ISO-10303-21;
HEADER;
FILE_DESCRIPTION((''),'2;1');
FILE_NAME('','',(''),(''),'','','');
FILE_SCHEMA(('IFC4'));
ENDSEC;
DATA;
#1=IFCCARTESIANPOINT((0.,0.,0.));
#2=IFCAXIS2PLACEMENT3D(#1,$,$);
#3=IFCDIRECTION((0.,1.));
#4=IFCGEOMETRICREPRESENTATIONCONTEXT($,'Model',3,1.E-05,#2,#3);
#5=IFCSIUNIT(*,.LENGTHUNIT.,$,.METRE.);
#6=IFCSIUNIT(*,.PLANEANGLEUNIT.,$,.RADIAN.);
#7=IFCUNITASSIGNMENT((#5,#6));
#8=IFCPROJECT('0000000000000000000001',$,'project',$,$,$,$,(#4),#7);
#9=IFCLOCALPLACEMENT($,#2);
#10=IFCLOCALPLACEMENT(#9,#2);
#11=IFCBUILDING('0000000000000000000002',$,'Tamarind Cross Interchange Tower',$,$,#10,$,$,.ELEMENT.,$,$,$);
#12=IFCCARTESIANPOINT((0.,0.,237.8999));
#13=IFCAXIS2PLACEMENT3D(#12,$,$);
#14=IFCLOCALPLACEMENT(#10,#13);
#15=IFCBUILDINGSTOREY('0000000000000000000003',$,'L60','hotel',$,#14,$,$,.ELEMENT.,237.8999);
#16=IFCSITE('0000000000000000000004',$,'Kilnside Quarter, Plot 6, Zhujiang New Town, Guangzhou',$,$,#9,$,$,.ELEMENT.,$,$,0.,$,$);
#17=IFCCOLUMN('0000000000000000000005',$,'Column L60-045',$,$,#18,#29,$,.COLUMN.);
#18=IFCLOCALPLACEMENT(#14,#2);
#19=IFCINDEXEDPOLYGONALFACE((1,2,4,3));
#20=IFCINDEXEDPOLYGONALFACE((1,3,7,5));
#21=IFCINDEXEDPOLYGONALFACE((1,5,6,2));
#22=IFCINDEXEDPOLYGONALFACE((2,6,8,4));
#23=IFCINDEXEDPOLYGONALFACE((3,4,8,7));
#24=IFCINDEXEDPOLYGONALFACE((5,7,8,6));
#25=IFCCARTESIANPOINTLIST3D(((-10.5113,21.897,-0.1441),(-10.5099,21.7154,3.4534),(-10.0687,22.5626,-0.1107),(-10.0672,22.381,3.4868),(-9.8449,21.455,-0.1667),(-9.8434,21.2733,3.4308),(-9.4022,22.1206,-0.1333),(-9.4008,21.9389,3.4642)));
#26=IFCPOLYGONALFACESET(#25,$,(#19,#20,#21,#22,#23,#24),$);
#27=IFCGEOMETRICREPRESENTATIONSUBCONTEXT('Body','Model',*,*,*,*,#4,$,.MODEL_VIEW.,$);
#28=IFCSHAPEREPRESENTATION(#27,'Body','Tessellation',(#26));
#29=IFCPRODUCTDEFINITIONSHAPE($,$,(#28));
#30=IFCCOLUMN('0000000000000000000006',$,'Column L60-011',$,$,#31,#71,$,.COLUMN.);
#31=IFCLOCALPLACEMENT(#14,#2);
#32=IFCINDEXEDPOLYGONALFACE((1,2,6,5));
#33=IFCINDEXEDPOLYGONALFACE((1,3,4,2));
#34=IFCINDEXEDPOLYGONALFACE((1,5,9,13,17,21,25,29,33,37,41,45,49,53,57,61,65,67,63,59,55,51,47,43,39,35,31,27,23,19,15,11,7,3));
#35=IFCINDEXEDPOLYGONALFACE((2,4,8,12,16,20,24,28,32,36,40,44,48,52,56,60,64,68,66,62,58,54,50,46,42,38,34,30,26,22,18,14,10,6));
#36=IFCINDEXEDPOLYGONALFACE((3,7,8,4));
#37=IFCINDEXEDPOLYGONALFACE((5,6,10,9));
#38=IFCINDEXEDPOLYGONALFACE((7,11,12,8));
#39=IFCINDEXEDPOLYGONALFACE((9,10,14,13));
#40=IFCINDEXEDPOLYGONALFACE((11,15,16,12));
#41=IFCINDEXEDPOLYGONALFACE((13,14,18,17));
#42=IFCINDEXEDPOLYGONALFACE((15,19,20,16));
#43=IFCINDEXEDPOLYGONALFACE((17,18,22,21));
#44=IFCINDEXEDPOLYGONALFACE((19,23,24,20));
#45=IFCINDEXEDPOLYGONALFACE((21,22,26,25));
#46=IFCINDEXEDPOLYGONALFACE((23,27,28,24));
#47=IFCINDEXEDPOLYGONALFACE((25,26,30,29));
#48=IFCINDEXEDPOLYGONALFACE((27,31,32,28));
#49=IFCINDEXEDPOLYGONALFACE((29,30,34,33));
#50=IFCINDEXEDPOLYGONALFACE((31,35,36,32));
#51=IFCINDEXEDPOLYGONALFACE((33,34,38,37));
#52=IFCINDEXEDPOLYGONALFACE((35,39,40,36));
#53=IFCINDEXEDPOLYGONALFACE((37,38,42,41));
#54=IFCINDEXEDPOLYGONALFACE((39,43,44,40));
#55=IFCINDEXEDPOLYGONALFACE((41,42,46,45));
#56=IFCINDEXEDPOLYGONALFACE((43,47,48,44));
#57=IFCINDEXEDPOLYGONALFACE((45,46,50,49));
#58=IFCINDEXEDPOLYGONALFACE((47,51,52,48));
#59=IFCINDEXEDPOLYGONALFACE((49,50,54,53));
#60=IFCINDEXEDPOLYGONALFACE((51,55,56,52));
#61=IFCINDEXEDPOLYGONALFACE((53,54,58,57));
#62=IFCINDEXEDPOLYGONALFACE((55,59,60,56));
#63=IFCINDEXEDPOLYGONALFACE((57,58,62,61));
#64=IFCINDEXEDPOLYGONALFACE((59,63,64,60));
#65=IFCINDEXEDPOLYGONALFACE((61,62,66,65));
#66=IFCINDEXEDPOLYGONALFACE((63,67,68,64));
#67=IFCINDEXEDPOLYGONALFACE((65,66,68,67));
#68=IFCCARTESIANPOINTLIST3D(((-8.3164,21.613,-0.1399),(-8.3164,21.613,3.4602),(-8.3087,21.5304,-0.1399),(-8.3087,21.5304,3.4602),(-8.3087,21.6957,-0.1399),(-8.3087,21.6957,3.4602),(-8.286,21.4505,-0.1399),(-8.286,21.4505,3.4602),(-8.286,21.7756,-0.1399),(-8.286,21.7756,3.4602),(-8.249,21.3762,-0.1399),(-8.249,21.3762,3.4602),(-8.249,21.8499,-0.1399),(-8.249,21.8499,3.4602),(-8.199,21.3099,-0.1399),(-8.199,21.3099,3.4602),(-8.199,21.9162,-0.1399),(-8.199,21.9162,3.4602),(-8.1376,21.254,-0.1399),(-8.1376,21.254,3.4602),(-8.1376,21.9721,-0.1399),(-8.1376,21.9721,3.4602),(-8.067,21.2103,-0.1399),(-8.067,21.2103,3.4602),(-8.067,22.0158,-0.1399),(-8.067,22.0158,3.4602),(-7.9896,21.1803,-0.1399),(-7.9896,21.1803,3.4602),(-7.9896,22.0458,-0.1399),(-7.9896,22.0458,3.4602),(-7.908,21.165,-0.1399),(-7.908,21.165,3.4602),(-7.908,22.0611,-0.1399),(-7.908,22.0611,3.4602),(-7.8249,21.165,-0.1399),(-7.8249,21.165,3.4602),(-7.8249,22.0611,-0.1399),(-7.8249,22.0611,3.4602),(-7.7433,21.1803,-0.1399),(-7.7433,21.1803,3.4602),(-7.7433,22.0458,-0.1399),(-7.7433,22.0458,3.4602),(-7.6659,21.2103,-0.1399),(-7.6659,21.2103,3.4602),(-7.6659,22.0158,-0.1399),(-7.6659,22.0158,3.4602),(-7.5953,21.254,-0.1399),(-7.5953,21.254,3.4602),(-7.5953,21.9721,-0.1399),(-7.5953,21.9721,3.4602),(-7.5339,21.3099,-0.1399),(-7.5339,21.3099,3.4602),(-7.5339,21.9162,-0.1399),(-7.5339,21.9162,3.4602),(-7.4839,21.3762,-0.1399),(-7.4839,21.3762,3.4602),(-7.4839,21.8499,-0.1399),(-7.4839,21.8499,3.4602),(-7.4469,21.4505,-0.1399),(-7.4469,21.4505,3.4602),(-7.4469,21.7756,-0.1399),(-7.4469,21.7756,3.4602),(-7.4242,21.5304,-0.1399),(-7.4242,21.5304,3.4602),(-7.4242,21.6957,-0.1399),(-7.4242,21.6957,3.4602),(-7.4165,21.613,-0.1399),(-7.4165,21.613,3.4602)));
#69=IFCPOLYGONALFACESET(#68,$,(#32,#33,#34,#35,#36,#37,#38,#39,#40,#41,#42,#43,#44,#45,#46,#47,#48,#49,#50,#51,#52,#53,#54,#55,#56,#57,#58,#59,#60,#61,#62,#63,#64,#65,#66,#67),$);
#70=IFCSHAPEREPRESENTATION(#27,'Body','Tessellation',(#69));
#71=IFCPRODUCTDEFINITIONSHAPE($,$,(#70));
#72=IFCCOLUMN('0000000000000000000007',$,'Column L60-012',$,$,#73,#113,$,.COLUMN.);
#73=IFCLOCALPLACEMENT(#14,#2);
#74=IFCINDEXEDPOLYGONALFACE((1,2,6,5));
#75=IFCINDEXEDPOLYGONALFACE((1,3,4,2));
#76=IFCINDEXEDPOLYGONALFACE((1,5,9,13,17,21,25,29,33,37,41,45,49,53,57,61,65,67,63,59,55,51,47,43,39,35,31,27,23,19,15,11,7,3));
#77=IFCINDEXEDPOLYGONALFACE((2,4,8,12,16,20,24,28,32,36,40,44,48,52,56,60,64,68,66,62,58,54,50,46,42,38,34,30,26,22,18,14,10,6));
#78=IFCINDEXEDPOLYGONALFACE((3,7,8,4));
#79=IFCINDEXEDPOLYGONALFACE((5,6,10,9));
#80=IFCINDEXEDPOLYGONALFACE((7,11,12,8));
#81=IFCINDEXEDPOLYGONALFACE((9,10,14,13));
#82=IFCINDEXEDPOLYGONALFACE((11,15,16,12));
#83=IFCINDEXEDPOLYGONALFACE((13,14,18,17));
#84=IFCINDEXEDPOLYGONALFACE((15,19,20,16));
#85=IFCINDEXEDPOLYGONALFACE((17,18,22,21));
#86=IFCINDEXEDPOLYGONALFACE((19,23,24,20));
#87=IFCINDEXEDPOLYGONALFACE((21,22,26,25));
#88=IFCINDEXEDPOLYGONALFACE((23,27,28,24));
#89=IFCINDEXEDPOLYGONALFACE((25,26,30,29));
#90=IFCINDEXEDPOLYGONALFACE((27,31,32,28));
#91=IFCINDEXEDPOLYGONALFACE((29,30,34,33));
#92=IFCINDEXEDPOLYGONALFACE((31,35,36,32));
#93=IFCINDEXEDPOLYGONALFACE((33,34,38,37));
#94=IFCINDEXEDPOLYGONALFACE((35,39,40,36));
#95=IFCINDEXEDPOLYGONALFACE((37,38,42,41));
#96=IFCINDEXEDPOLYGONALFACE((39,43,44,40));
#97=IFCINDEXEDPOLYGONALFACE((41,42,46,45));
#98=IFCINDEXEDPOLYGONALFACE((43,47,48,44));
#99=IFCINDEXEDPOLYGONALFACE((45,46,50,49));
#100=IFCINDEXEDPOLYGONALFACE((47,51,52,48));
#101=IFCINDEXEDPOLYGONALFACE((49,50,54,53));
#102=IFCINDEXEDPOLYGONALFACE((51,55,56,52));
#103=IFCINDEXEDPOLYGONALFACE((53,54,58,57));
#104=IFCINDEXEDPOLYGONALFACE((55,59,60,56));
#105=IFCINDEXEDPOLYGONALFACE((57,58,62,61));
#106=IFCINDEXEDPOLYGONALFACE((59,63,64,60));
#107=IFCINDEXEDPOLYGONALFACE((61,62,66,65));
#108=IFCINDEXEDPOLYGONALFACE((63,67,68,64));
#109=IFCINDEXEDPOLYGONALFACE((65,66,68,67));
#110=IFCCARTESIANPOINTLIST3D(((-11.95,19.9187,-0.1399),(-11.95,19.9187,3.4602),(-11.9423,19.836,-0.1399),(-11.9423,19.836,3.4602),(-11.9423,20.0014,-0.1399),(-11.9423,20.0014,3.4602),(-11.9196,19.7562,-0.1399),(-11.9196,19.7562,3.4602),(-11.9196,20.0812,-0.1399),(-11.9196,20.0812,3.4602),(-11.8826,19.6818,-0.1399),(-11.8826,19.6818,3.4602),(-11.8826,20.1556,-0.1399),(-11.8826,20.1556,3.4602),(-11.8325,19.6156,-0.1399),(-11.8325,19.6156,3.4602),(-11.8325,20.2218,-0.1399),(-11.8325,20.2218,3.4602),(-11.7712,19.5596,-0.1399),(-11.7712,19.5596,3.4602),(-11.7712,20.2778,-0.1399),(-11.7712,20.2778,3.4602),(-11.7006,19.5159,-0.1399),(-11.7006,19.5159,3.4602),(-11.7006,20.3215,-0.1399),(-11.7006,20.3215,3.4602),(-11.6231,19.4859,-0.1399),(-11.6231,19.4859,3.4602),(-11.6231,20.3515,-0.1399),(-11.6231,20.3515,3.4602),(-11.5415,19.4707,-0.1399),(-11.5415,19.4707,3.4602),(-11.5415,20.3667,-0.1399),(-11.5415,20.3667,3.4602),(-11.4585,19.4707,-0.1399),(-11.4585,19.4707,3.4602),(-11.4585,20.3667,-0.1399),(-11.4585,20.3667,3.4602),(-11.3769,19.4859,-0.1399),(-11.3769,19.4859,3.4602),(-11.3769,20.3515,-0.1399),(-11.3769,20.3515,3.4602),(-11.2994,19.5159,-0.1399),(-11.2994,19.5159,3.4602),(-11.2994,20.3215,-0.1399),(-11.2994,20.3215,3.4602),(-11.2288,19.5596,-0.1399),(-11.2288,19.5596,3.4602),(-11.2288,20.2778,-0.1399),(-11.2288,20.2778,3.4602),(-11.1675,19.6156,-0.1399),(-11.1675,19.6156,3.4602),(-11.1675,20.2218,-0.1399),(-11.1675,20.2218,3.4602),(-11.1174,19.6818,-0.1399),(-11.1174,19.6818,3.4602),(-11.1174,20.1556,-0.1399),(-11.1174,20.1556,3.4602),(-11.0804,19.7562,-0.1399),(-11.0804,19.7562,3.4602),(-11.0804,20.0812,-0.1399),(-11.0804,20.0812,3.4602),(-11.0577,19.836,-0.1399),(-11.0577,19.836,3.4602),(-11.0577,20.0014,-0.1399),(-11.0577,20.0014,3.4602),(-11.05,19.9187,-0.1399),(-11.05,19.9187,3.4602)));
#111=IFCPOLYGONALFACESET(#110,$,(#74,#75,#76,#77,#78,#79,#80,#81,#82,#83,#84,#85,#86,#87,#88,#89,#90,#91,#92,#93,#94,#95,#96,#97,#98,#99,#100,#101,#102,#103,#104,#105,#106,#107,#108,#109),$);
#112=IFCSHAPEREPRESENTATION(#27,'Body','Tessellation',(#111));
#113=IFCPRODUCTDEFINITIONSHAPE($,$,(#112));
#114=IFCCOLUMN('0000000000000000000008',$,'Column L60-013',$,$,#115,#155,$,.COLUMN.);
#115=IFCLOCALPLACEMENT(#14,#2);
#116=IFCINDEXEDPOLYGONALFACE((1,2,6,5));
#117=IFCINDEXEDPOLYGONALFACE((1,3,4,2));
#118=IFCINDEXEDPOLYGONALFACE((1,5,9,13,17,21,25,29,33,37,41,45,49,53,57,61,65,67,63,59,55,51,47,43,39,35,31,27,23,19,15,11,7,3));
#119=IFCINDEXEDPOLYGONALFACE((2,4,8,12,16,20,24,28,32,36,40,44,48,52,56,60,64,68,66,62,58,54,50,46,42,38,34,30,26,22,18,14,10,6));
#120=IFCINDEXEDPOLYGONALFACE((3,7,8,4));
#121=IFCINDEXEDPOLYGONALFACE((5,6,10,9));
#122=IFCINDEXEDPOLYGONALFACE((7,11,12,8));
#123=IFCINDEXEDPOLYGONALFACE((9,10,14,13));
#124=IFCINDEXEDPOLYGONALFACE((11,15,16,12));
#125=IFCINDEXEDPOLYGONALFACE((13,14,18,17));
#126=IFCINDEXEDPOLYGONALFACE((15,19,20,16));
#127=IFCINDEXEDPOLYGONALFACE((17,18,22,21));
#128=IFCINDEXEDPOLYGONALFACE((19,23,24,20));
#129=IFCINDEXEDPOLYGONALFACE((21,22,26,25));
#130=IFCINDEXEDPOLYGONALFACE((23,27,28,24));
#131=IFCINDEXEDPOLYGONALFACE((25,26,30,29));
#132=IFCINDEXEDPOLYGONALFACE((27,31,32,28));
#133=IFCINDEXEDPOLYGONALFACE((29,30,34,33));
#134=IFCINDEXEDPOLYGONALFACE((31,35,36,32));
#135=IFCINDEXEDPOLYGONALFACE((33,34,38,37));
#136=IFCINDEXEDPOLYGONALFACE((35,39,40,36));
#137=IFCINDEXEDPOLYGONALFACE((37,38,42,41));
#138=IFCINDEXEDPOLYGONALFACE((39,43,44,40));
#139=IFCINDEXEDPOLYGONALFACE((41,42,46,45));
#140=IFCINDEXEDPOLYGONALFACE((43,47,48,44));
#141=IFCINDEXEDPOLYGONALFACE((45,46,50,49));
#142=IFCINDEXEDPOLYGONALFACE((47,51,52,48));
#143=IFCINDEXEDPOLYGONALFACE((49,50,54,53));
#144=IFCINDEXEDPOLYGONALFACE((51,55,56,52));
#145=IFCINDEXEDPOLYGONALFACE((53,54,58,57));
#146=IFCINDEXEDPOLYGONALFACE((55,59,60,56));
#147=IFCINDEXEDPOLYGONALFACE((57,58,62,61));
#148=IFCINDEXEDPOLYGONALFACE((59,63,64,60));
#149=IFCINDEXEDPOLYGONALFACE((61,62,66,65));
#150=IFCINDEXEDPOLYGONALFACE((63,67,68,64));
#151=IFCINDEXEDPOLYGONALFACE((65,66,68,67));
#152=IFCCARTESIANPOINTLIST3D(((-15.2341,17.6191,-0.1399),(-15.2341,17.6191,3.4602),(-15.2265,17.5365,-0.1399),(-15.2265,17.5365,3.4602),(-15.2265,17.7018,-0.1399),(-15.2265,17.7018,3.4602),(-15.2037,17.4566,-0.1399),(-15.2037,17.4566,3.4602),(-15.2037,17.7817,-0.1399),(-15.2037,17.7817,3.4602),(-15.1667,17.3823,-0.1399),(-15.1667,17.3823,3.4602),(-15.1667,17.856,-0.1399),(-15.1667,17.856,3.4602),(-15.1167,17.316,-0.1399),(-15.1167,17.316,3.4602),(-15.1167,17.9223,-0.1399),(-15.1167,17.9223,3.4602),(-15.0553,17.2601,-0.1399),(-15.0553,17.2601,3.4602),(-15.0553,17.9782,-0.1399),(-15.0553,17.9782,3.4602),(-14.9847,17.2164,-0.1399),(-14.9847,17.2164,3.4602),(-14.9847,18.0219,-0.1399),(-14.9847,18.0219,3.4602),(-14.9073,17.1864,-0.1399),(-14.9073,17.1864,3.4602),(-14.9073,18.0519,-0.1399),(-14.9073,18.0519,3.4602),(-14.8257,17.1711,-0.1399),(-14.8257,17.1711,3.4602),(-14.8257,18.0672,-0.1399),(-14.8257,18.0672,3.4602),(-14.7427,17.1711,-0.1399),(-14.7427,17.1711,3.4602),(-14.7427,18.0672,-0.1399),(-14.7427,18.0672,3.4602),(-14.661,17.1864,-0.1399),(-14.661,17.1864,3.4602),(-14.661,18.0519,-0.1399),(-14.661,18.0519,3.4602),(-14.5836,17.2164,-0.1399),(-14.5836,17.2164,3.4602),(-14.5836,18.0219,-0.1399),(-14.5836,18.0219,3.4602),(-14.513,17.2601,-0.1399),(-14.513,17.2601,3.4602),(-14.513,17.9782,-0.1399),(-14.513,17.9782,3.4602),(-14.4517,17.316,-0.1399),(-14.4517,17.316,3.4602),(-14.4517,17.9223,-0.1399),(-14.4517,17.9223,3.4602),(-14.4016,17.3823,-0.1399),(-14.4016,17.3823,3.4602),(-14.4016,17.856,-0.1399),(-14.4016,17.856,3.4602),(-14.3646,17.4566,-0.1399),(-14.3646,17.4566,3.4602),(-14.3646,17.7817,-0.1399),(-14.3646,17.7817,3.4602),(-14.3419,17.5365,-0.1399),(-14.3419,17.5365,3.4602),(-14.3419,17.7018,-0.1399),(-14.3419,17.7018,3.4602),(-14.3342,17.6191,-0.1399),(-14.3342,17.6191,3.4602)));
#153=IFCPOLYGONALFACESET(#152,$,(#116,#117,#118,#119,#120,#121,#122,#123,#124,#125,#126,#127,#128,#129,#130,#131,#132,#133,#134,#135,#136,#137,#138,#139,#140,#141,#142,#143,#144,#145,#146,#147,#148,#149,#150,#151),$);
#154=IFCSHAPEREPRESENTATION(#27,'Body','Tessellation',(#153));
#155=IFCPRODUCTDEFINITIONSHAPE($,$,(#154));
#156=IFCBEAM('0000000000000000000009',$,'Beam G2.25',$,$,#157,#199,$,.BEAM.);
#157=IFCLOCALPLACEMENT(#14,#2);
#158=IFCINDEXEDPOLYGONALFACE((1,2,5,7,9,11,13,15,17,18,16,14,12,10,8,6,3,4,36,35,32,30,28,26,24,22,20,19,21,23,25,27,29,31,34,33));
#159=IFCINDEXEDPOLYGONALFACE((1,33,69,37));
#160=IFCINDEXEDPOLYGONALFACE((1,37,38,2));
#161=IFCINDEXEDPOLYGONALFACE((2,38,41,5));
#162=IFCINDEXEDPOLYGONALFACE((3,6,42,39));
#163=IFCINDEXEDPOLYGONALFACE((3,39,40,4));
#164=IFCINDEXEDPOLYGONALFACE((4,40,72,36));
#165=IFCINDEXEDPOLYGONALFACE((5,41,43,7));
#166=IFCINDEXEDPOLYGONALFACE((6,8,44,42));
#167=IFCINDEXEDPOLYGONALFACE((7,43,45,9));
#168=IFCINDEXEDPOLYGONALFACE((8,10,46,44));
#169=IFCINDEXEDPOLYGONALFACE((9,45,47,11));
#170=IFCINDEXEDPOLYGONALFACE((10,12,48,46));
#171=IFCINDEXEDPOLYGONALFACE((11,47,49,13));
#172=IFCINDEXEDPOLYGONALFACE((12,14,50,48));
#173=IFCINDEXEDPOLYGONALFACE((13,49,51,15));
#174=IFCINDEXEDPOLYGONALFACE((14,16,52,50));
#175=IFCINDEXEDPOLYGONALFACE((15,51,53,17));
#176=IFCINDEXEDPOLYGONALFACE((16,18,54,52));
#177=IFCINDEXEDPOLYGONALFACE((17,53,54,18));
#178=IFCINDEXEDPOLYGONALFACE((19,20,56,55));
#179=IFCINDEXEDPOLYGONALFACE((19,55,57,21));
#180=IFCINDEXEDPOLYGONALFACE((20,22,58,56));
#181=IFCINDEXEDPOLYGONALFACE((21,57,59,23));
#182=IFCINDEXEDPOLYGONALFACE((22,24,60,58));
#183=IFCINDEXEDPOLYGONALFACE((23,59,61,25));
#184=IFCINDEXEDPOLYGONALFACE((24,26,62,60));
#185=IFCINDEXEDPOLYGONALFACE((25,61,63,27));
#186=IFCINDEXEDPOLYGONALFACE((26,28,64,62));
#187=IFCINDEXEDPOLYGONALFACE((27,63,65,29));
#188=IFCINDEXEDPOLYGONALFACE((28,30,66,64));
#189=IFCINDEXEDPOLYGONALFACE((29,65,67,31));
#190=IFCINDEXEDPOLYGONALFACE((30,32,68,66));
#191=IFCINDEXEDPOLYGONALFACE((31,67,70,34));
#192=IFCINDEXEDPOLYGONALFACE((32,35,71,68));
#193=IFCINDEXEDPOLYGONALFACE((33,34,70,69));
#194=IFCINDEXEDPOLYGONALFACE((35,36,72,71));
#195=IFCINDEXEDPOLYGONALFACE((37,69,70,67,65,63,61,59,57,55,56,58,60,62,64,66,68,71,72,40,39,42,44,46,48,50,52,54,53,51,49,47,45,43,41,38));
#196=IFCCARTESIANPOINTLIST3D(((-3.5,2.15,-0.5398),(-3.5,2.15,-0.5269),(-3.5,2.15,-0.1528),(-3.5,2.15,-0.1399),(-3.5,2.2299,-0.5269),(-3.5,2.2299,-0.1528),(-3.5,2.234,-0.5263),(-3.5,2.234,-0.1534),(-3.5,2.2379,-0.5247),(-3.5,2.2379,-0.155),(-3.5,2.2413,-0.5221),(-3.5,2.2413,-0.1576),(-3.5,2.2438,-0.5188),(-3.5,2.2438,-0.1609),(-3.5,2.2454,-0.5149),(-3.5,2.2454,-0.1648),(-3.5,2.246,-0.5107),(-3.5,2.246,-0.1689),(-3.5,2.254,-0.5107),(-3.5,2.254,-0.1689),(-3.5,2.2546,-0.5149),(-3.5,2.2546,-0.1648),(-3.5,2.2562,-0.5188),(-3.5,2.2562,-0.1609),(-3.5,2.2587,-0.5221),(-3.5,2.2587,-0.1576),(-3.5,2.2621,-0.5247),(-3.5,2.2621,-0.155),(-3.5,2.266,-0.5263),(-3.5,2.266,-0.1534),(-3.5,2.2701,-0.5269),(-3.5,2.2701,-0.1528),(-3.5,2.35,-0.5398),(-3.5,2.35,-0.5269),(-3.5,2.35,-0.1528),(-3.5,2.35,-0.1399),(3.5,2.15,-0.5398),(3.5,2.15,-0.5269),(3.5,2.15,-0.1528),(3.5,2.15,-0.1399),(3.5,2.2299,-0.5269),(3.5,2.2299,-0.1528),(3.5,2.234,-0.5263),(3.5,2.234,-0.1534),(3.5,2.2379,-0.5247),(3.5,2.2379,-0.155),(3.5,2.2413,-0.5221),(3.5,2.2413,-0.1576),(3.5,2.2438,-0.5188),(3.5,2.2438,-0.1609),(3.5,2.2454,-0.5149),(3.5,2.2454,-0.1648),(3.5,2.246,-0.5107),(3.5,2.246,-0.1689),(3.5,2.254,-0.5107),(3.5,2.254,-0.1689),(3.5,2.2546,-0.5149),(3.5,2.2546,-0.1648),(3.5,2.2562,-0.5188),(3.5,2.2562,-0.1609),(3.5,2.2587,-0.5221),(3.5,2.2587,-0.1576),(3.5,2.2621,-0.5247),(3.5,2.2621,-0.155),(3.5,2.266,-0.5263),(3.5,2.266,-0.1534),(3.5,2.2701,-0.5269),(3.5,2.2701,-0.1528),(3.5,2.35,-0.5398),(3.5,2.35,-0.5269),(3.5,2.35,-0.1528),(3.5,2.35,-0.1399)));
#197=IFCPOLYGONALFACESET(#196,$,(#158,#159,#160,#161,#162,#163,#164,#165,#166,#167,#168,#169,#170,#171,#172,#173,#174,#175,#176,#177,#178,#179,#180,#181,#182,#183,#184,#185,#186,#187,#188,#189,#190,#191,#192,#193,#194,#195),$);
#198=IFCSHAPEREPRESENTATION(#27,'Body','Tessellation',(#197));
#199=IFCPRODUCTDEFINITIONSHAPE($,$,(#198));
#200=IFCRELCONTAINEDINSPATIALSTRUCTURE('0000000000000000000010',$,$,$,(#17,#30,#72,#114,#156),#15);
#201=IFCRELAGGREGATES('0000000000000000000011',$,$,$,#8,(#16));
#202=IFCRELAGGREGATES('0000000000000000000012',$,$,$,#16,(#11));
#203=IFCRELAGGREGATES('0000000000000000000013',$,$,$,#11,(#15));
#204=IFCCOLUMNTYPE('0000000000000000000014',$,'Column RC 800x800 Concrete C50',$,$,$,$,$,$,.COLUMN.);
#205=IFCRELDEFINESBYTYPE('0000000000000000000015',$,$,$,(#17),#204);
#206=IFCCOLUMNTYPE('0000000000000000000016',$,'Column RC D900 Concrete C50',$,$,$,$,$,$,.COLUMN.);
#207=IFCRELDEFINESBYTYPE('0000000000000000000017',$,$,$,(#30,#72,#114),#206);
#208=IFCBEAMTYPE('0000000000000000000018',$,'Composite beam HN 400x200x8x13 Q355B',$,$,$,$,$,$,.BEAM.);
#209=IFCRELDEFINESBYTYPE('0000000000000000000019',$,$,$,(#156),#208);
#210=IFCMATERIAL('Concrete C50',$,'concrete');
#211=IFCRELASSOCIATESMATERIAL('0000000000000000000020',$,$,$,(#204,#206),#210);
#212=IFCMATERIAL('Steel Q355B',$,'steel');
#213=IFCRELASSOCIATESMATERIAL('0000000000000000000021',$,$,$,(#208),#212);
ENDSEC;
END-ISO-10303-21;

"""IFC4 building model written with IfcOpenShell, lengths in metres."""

from ifc_helpers import new_model, si_unit, direction, frame, origin, origin_2d, place, context, subcontext, project, spatial, rectangle, circle, i_section, extrude, material, material_profile, profile_set, type_object, element, save


model = new_model("IFC4")

# Units and contexts
model_context = context("Model", 3, precision=1e-05, world=origin(), true_north=direction((0.0, 1.0)))
body_context = subcontext(model_context, "Body", "Model", "MODEL_VIEW")
ifc_project = project(units=[si_unit("LENGTHUNIT", "METRE"), si_unit("PLANEANGLEUNIT", "RADIAN")], contexts=[model_context])

# Site, building, storey
site_placement = place(None, origin())
site = spatial("IfcSite", under=ifc_project, at=site_placement, Name="Kilnside Quarter, Plot 6, Zhujiang New Town, Guangzhou", CompositionType="ELEMENT", RefElevation=0.0)
building_placement = place(site_placement, origin())
building = spatial("IfcBuilding", under=site, at=building_placement, Name="Tamarind Cross Interchange Tower", CompositionType="ELEMENT")
storey_placement = place(building_placement, frame((0.0, 0.0, 237.8999)))
storey = spatial("IfcBuildingStorey", under=building, at=storey_placement, Name="L60", Description="hotel", CompositionType="ELEMENT", Elevation=237.8999)

# Columns
ifc_material_1 = material(Name="Concrete C50", Category="concrete")
ifc_material_profile_1 = material_profile(ifc_material_1, rectangle(XDim=0.8, YDim=0.8, at=origin_2d()), Name="RC 800x800")
ifc_profile_set_1 = profile_set([ifc_material_profile_1], Name="Concrete C50")
column_type_1 = type_object("IfcColumnType", Name="Column RC 800x800 Concrete C50", PredefinedType="COLUMN", material=ifc_profile_set_1)
column_placement = place(storey_placement, frame((-9.9568, 22.0088, -0.1387), z_axis=(0.000407, -0.050428, 0.998728), x_axis=(0.553267, 0.831956, 0.041782)))
element("IfcColumn", 1, at=column_placement, inside=storey, type_object=column_type_1, Name="Column L60-045", PredefinedType="COLUMN", context=body_context, shape_type="SweptSolid", body=[
    extrude(rectangle(XDim=0.8, YDim=0.8, at=origin_2d()), origin(), (0.0, 0.0, 1.0), 3.6021),
])
ifc_material_profile_2 = material_profile(ifc_material_1, circle(Radius=0.45, at=origin_2d()), Name="RC D900")
ifc_profile_set_2 = profile_set([ifc_material_profile_2], Name="Concrete C50")
column_type_2 = type_object("IfcColumnType", Name="Column RC D900 Concrete C50", PredefinedType="COLUMN", material=ifc_profile_set_2)
for number, where, z_axis, x_axis, name in (
    (2, (-7.8665, 21.613, -0.1399), (0.0, 0.0, 1.0), (1.0, 0.0, 0.0), "Column L60-011"),
    (3, (-11.5, 19.9187, -0.1399), (0.0, 0.0, 1.0), (1.0, 0.0, 0.0), "Column L60-012"),
    (4, (-14.7842, 17.6191, -0.1399), (0.0, 0.0, 1.0), (1.0, 0.0, 0.0), "Column L60-013"),
):
    element("IfcColumn", number, at=place(storey_placement, frame(where, z_axis=z_axis, x_axis=x_axis)), inside=storey, type_object=column_type_2, Name=name, PredefinedType="COLUMN", context=body_context, shape_type="SweptSolid", body=[
        extrude(circle(Radius=0.45, at=origin_2d()), origin(), (0.0, 0.0, 1.0), 3.6001),
    ])

# Beam
ifc_material_2 = material(Name="Steel Q355B", Category="steel")
ifc_material_profile_3 = material_profile(ifc_material_2, i_section(OverallWidth=0.2, OverallDepth=0.3999, WebThickness=0.0081, FlangeThickness=0.0129, FilletRadius=0.0161, at=origin_2d()), Name="HN 400x200x8x13")
ifc_profile_set_3 = profile_set([ifc_material_profile_3], Name="Steel Q355B")
beam_type_1 = type_object("IfcBeamType", Name="Composite beam HN 400x200x8x13 Q355B", PredefinedType="BEAM", material=ifc_profile_set_3)
for number, where, z_axis, x_axis, name in (
    (5, (-3.5, 2.25, -0.3398), (1.0, 0.0, 0.0), (0.0, 1.0, 0.0), "Beam G2.25"),
):
    element("IfcBeam", number, at=place(storey_placement, frame(where, z_axis=z_axis, x_axis=x_axis)), inside=storey, type_object=beam_type_1, Name=name, PredefinedType="BEAM", context=body_context, shape_type="SweptSolid", body=[
        extrude(i_section(OverallWidth=0.2, OverallDepth=0.3999, WebThickness=0.0081, FlangeThickness=0.0129, FilletRadius=0.0161, at=origin_2d()), origin(), (0.0, 0.0, 1.0), 7.0),
    ])

save(model, "model.ifc")
